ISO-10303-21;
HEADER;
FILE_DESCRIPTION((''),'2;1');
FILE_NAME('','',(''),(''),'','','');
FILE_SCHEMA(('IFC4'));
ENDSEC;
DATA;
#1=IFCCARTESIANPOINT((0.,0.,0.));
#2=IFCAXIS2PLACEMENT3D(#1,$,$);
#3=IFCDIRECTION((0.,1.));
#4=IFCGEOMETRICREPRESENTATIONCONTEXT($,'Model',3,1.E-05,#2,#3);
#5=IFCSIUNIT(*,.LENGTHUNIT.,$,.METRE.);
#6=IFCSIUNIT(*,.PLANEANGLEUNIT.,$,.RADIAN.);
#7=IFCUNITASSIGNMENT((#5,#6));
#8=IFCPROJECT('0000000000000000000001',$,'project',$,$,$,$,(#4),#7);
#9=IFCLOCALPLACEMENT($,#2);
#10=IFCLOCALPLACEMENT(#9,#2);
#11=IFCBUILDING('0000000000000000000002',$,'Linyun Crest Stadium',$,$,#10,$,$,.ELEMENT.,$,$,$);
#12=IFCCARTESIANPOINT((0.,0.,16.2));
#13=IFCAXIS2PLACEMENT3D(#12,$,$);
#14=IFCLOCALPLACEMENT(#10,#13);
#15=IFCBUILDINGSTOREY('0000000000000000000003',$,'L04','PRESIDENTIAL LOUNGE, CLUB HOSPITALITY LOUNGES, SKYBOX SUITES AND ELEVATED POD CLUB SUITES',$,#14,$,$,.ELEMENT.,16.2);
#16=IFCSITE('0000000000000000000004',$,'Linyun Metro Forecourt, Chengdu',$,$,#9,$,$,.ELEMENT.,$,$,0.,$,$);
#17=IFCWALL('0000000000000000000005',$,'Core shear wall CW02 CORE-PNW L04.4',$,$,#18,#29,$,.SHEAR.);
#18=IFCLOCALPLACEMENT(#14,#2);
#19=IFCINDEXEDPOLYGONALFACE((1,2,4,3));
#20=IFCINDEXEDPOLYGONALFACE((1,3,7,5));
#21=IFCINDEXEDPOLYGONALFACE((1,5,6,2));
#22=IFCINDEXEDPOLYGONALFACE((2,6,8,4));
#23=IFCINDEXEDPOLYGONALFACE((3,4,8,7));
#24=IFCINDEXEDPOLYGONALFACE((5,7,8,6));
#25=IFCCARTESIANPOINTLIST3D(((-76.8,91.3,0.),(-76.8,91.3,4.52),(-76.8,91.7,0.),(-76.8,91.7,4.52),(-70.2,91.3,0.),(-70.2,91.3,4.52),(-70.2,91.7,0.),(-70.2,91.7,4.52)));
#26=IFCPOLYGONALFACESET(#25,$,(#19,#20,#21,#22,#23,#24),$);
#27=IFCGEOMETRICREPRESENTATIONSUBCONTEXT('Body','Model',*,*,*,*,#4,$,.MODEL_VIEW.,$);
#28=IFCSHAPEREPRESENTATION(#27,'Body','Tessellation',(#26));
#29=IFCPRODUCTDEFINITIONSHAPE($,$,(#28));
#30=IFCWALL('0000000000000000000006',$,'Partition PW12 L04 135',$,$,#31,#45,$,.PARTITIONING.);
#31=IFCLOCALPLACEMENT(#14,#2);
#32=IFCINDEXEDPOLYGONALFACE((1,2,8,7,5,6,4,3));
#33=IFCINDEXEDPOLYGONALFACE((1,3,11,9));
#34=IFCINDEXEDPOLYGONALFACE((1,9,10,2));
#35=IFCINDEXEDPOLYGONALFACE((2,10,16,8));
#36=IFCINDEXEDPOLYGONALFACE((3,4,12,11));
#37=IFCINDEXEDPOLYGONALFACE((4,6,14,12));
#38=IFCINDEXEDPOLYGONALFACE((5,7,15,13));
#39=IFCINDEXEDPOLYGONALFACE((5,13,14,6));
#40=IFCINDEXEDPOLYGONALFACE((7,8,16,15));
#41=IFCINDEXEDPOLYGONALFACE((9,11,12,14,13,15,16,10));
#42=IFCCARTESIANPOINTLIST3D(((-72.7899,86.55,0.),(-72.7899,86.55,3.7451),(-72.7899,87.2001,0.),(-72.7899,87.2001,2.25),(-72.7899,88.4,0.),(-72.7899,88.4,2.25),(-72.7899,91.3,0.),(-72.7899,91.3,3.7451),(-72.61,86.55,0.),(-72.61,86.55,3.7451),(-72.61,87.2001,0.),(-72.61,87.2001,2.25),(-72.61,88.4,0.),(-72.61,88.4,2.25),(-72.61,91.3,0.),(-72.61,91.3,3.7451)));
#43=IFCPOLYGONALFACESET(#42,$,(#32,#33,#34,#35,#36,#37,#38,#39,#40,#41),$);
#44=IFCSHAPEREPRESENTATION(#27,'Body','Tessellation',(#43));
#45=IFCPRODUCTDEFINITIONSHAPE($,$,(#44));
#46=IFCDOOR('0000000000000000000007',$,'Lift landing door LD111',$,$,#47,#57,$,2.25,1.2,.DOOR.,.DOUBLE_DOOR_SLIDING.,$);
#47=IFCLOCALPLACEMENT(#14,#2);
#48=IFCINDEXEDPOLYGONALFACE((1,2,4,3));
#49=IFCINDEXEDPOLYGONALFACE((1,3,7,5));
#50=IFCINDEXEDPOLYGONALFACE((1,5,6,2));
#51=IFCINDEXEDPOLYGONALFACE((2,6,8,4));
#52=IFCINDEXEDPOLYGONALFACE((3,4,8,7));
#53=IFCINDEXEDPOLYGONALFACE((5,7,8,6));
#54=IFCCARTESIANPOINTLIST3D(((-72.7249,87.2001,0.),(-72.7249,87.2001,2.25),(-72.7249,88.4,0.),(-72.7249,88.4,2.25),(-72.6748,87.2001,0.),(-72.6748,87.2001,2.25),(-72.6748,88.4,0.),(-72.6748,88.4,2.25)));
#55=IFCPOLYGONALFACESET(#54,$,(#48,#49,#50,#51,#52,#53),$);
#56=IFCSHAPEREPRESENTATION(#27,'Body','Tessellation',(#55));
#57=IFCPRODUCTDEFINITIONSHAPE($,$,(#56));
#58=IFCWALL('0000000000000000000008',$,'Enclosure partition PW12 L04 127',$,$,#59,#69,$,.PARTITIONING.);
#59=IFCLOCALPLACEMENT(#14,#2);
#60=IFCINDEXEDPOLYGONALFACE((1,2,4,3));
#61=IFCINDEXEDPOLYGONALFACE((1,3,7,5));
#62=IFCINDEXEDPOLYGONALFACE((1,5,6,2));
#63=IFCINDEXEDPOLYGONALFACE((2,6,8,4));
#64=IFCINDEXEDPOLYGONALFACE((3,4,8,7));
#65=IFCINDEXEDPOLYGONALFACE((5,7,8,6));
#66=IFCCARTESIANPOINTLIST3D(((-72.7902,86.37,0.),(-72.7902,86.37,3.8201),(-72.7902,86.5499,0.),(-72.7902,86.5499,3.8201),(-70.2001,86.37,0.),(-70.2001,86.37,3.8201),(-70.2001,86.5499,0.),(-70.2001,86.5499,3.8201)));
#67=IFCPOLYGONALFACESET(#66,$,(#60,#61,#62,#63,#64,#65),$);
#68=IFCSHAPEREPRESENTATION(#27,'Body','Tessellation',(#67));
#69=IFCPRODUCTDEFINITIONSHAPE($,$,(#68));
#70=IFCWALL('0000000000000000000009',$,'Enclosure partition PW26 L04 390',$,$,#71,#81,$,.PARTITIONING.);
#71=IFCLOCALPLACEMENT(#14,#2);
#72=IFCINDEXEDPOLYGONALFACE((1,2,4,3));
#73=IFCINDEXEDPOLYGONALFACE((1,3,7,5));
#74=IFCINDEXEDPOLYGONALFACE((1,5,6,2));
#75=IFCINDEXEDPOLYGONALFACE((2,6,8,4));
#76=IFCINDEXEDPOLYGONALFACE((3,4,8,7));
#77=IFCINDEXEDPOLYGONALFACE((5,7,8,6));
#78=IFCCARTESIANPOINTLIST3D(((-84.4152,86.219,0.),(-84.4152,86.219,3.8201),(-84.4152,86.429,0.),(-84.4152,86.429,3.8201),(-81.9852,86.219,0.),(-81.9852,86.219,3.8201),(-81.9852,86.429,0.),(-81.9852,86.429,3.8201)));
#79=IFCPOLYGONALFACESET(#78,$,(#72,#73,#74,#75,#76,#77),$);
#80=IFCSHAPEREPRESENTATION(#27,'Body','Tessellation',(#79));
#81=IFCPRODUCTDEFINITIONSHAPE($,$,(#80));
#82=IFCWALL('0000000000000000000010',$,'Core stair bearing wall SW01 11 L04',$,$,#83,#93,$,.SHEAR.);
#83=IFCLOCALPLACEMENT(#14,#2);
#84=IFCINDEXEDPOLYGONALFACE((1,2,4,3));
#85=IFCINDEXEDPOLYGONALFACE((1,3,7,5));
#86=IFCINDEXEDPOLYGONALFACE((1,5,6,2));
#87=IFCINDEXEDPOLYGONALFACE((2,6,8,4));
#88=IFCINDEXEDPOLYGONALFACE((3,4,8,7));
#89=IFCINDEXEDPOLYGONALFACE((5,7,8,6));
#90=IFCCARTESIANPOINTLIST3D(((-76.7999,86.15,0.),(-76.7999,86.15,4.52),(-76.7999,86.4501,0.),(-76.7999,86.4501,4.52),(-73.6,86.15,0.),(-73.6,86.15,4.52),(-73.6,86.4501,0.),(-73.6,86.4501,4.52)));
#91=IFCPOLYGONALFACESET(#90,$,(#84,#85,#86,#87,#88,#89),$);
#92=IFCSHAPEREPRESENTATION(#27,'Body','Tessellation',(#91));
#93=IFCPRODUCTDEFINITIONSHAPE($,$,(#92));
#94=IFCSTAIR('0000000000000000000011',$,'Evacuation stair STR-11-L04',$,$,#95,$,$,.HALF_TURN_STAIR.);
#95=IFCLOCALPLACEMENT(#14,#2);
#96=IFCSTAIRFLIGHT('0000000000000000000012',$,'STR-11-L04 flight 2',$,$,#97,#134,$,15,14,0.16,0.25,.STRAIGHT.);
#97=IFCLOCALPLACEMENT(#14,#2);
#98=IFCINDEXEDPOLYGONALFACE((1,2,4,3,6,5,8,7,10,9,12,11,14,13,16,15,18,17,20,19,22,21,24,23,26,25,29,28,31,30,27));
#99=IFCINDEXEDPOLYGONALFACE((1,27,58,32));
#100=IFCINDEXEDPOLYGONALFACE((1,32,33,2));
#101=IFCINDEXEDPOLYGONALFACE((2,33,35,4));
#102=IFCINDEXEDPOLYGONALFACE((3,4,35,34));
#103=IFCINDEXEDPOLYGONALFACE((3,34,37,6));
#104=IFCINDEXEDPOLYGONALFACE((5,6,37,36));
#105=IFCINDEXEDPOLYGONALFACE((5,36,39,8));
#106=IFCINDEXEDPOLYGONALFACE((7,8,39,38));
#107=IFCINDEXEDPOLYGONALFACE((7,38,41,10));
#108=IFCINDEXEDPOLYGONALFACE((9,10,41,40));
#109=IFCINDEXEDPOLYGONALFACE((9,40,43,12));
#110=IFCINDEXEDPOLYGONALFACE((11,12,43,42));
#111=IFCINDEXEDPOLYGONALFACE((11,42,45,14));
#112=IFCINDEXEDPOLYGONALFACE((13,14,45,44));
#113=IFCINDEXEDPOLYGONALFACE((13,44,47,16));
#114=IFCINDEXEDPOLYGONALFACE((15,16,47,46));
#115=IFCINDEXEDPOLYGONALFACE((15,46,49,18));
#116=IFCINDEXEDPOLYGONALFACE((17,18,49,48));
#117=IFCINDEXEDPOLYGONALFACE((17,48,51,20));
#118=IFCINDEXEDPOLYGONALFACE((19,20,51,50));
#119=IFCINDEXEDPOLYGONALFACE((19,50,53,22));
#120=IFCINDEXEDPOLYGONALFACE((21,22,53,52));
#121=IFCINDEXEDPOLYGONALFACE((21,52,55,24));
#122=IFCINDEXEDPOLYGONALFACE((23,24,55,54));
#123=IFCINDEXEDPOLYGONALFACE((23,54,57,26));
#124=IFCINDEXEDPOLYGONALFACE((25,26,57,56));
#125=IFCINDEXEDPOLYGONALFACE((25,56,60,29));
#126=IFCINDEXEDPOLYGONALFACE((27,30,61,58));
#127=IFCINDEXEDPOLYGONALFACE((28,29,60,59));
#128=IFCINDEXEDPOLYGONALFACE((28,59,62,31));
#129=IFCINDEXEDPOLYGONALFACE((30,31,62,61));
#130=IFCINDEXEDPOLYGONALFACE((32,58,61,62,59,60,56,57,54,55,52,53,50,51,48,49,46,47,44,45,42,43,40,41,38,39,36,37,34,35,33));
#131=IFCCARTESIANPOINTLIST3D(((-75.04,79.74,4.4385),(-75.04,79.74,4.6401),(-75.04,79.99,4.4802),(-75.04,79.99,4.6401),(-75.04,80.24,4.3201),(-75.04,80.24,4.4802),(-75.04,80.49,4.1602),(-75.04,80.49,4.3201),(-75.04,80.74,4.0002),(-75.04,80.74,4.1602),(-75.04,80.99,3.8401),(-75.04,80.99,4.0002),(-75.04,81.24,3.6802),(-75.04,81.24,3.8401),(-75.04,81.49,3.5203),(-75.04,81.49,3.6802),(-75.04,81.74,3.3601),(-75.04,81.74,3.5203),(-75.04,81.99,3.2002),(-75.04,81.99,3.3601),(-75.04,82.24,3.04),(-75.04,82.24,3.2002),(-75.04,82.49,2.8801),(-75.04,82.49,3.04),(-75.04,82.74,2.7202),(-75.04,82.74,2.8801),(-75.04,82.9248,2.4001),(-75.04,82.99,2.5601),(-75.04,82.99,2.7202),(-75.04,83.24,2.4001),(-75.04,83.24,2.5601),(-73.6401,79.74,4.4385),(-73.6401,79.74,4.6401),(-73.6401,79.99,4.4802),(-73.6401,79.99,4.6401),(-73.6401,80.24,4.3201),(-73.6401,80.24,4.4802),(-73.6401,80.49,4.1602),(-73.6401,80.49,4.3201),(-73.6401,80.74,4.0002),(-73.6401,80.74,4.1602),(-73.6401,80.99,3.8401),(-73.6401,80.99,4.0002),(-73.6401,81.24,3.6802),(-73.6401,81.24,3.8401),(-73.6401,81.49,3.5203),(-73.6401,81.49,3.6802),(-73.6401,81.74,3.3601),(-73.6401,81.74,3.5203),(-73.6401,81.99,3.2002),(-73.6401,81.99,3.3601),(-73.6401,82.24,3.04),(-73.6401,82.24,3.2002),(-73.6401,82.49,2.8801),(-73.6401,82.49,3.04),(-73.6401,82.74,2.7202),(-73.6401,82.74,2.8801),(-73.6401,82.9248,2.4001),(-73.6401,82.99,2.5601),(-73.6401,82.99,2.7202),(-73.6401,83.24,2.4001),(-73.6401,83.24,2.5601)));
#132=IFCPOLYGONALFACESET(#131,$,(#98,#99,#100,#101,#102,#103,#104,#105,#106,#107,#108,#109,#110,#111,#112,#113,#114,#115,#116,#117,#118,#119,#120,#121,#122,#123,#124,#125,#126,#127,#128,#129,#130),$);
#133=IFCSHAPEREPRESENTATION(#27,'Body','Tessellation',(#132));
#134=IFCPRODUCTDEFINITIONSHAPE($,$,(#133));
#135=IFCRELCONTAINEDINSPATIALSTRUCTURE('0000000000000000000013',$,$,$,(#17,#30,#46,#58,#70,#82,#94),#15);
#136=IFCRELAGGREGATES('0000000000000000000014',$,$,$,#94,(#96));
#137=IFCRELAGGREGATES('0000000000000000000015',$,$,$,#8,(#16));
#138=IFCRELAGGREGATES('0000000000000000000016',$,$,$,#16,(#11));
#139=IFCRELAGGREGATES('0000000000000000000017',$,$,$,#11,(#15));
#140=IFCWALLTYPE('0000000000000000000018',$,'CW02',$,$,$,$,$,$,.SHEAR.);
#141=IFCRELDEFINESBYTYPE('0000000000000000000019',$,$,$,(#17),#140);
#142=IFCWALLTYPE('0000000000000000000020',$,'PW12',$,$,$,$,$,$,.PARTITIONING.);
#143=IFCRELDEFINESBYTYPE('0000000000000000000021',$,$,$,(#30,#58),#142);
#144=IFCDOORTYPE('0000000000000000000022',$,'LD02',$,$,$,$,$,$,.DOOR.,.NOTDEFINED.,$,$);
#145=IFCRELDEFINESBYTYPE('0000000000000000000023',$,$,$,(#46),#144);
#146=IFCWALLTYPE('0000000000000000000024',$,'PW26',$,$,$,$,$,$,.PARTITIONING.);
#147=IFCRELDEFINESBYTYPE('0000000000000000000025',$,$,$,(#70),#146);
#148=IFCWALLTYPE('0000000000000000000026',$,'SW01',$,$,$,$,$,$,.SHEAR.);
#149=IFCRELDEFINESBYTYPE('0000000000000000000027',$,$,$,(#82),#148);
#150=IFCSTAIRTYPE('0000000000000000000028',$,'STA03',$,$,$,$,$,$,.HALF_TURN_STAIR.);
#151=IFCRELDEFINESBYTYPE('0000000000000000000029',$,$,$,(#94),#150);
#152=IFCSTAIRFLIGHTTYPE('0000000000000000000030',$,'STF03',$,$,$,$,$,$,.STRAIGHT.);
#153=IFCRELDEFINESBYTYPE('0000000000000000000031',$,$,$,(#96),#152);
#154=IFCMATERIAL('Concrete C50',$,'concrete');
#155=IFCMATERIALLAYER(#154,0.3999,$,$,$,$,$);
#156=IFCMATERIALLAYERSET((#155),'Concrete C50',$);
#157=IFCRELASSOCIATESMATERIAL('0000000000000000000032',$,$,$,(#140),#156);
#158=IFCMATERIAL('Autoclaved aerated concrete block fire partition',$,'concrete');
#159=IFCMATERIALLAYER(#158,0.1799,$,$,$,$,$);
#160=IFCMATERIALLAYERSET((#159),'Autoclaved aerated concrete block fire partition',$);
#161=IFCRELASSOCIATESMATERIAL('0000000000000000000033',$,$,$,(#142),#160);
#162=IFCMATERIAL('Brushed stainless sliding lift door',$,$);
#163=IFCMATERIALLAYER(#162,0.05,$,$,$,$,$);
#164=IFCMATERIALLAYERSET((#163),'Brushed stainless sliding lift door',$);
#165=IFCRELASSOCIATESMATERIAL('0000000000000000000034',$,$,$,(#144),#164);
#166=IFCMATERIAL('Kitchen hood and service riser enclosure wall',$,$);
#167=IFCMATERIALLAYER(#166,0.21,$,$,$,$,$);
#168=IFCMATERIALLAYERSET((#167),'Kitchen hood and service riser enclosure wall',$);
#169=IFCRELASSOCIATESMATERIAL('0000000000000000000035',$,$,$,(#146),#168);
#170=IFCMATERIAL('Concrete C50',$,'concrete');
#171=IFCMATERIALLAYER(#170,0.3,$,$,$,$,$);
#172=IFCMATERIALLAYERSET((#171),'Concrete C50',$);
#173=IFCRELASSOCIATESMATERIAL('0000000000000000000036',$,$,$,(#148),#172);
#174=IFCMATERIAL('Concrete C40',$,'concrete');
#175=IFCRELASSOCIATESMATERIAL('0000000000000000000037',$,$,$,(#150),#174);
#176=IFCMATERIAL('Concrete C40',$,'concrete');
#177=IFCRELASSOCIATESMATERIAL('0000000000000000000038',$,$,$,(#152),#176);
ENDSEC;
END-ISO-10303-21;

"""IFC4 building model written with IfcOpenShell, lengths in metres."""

from ifc_helpers import new_model, si_unit, direction, frame, frame_2d, origin, place, context, subcontext, project, spatial, polyline, rectangle, outline, extrude, material, layer, layer_set, type_object, element, fill, aggregate, save


model = new_model("IFC4")

# Units and contexts
model_context = context("Model", 3, precision=1e-05, world=origin(), true_north=direction((0.0, 1.0)))
body_context = subcontext(model_context, "Body", "Model", "MODEL_VIEW")
ifc_project = project(units=[si_unit("LENGTHUNIT", "METRE"), si_unit("PLANEANGLEUNIT", "RADIAN")], contexts=[model_context])

# Site, building, storey
site_placement = place(None, origin())
site = spatial("IfcSite", under=ifc_project, at=site_placement, Name="Linyun Metro Forecourt, Chengdu", CompositionType="ELEMENT", RefElevation=0.0)
building_placement = place(site_placement, origin())
building = spatial("IfcBuilding", under=site, at=building_placement, Name="Linyun Crest Stadium", CompositionType="ELEMENT")
storey_placement = place(building_placement, frame((0.0, 0.0, 16.2)))
storey = spatial("IfcBuildingStorey", under=building, at=storey_placement, Name="L04", Description="PRESIDENTIAL LOUNGE, CLUB HOSPITALITY LOUNGES, SKYBOX SUITES AND ELEVATED POD CLUB SUITES", CompositionType="ELEMENT", Elevation=16.2)

# Wall
ifc_material_1 = material(Name="Concrete C50", Category="concrete")
ifc_layer_1 = layer(ifc_material_1, 0.3999)
ifc_layer_set_1 = layer_set([ifc_layer_1], Name="Concrete C50")
wall_type_1 = type_object("IfcWallType", Name="CW02", PredefinedType="SHEAR", material=ifc_layer_set_1)
wall_1_placement = place(storey_placement, frame((-76.8, 91.5, 0.0), z_axis=(0.0, 0.0, 1.0), x_axis=(1.0, 0.0, 0.0)))
element("IfcWall", 1, at=wall_1_placement, inside=storey, type_object=wall_type_1, Name="Core shear wall CW02 CORE-PNW L04.4", PredefinedType="SHEAR", context=body_context, shape_type="SweptSolid", body=[
    extrude(rectangle(XDim=6.6001, YDim=0.3999, at=frame_2d((3.3, 0.0))), origin(), (0.0, 0.0, 1.0), 4.52),
])

# Wall, opening, door
ifc_material_2 = material(Name="Autoclaved aerated concrete block fire partition", Category="concrete")
ifc_layer_2 = layer(ifc_material_2, 0.1799)
ifc_layer_set_2 = layer_set([ifc_layer_2], Name="Autoclaved aerated concrete block fire partition")
wall_type_2 = type_object("IfcWallType", Name="PW12", PredefinedType="PARTITIONING", material=ifc_layer_set_2)
wall_2_placement = place(storey_placement, frame((-72.7, 86.55, 0.0), z_axis=(0.0, 0.0, 1.0), x_axis=(0.0, 1.0, 0.0)))
wall_2 = element("IfcWall", 2, at=wall_2_placement, inside=storey, type_object=wall_type_2, Name="Partition PW12 L04 135", PredefinedType="PARTITIONING", context=body_context, shape_type="SweptSolid", body=[
    extrude(rectangle(XDim=4.75, YDim=0.1799, at=frame_2d((2.375, 0.0))), origin(), (0.0, 0.0, 1.0), 3.7451),
])
opening_placement = place(wall_2_placement, frame((0.6499, 0.0, 0.0)))
opening = element("IfcOpeningElement", 3, at=opening_placement, cuts=wall_2, PredefinedType="OPENING", context=body_context, shape_type="SweptSolid", body=[
    extrude(rectangle(XDim=1.2, YDim=2.25, at=frame_2d((0.6001, 1.125))), frame((0.0, 0.0999, 0.0), z_axis=(0.0, -1.0, 0.0), x_axis=(1.0, 0.0, 0.0)), (0.0, 0.0, 1.0), 0.2),
])
ifc_material_3 = material(Name="Brushed stainless sliding lift door")
ifc_layer_3 = layer(ifc_material_3, 0.05)
ifc_layer_set_3 = layer_set([ifc_layer_3], Name="Brushed stainless sliding lift door")
door_type = type_object("IfcDoorType", Name="LD02", OperationType="NOTDEFINED", PredefinedType="DOOR", material=ifc_layer_set_3)
door_placement = place(opening_placement, origin())
door = element("IfcDoor", 4, at=door_placement, inside=storey, type_object=door_type, Name="Lift landing door LD111", OperationType="DOUBLE_DOOR_SLIDING", OverallHeight=2.25, OverallWidth=1.2, PredefinedType="DOOR", context=body_context, shape_type="SweptSolid", body=[
    extrude(rectangle(XDim=1.2, YDim=2.25, at=frame_2d((0.6001, 1.125))), frame((0.0, 0.0249, 0.0), z_axis=(0.0, -1.0, 0.0), x_axis=(1.0, 0.0, 0.0)), (0.0, 0.0, 1.0), 0.05),
])
fill(opening, door)

# Walls
wall_3_placement = place(storey_placement, frame((-72.79, 86.46, 0.0), z_axis=(0.0, 0.0, 1.0), x_axis=(1.0, 0.0, 0.0)))
element("IfcWall", 5, at=wall_3_placement, inside=storey, type_object=wall_type_2, Name="Enclosure partition PW12 L04 127", PredefinedType="PARTITIONING", context=body_context, shape_type="SweptSolid", body=[
    extrude(rectangle(XDim=2.5901, YDim=0.1799, at=frame_2d((1.2949, 0.0))), origin(), (0.0, 0.0, 1.0), 3.8201),
])
ifc_material_4 = material(Name="Kitchen hood and service riser enclosure wall")
ifc_layer_4 = layer(ifc_material_4, 0.21)
ifc_layer_set_4 = layer_set([ifc_layer_4], Name="Kitchen hood and service riser enclosure wall")
wall_type_3 = type_object("IfcWallType", Name="PW26", PredefinedType="PARTITIONING", material=ifc_layer_set_4)
wall_4_placement = place(storey_placement, frame((-84.415, 86.324, 0.0), z_axis=(0.0, 0.0, 1.0), x_axis=(1.0, 0.0, 0.0)))
element("IfcWall", 6, at=wall_4_placement, inside=storey, type_object=wall_type_3, Name="Enclosure partition PW26 L04 390", PredefinedType="PARTITIONING", context=body_context, shape_type="SweptSolid", body=[
    extrude(rectangle(XDim=2.4299, YDim=0.21, at=frame_2d((1.2148, 0.0))), origin(), (0.0, 0.0, 1.0), 3.8201),
])
ifc_material_5 = material(Name="Concrete C50", Category="concrete")
ifc_layer_5 = layer(ifc_material_5, 0.3)
ifc_layer_set_5 = layer_set([ifc_layer_5], Name="Concrete C50")
wall_type_4 = type_object("IfcWallType", Name="SW01", PredefinedType="SHEAR", material=ifc_layer_set_5)
wall_5_placement = place(storey_placement, frame((-76.8, 86.3, 0.0), z_axis=(0.0, 0.0, 1.0), x_axis=(1.0, 0.0, 0.0)))
element("IfcWall", 7, at=wall_5_placement, inside=storey, type_object=wall_type_4, Name="Core stair bearing wall SW01 11 L04", PredefinedType="SHEAR", context=body_context, shape_type="SweptSolid", body=[
    extrude(rectangle(XDim=3.2, YDim=0.3, at=frame_2d((1.6001, 0.0))), origin(), (0.0, 0.0, 1.0), 4.52),
])

# Stair, stair flight
ifc_material_6 = material(Name="Concrete C40", Category="concrete")
stair_type = type_object("IfcStairType", Name="STA03", PredefinedType="HALF_TURN_STAIR", material=ifc_material_6)
stair_placement = place(storey_placement, origin())
stair = element("IfcStair", 8, at=stair_placement, inside=storey, type_object=stair_type, Name="Evacuation stair STR-11-L04", PredefinedType="HALF_TURN_STAIR")
ifc_material_7 = material(Name="Concrete C40", Category="concrete")
stair_flight_type = type_object("IfcStairFlightType", Name="STF03", PredefinedType="STRAIGHT", material=ifc_material_7)
stair_flight_placement = place(storey_placement, frame((-74.3401, 83.24, 2.4001), z_axis=(0.0, 0.0, 1.0), x_axis=(0.0, -1.0, 0.0)))
stair_flight = element("IfcStairFlight", 9, at=stair_flight_placement, type_object=stair_flight_type, Name="STR-11-L04 flight 2", NumberOfRisers=15, NumberOfTreads=14, PredefinedType="STRAIGHT", RiserHeight=0.16, TreadLength=0.25, context=body_context, shape_type="SweptSolid", body=[
    extrude(outline(polyline([(0.0, 0.0), (0.0, 0.1599), (0.25, 0.1599), (0.25, 0.3201), (0.5, 0.3201), (0.5, 0.48), (0.75, 0.48), (0.75, 0.6399), (1.0, 0.6399), (1.0, 0.8), (1.25, 0.8), (1.25, 0.96), (1.5, 0.96), (1.5, 1.1201), (1.75, 1.1201), (1.75, 1.28), (2.0, 1.28), (2.0, 1.4399), (2.25, 1.4399), (2.25, 1.6001), (2.5, 1.6001), (2.5, 1.76), (2.75, 1.76), (2.75, 1.9199), (3.0, 1.9199), (3.0, 2.0801), (3.25, 2.0801), (3.25, 2.24), (3.5, 2.24), (3.5, 2.3999), (3.5, 2.0383), (0.3152, 0.0), (0.0, 0.0)])), frame((0.0, 0.7, 0.0), z_axis=(0.0, -1.0, 0.0), x_axis=(1.0, 0.0, 0.0)), (0.0, 0.0, 1.0), 1.3999),
])
aggregate(stair, [stair_flight])

save(model, "model.ifc")
